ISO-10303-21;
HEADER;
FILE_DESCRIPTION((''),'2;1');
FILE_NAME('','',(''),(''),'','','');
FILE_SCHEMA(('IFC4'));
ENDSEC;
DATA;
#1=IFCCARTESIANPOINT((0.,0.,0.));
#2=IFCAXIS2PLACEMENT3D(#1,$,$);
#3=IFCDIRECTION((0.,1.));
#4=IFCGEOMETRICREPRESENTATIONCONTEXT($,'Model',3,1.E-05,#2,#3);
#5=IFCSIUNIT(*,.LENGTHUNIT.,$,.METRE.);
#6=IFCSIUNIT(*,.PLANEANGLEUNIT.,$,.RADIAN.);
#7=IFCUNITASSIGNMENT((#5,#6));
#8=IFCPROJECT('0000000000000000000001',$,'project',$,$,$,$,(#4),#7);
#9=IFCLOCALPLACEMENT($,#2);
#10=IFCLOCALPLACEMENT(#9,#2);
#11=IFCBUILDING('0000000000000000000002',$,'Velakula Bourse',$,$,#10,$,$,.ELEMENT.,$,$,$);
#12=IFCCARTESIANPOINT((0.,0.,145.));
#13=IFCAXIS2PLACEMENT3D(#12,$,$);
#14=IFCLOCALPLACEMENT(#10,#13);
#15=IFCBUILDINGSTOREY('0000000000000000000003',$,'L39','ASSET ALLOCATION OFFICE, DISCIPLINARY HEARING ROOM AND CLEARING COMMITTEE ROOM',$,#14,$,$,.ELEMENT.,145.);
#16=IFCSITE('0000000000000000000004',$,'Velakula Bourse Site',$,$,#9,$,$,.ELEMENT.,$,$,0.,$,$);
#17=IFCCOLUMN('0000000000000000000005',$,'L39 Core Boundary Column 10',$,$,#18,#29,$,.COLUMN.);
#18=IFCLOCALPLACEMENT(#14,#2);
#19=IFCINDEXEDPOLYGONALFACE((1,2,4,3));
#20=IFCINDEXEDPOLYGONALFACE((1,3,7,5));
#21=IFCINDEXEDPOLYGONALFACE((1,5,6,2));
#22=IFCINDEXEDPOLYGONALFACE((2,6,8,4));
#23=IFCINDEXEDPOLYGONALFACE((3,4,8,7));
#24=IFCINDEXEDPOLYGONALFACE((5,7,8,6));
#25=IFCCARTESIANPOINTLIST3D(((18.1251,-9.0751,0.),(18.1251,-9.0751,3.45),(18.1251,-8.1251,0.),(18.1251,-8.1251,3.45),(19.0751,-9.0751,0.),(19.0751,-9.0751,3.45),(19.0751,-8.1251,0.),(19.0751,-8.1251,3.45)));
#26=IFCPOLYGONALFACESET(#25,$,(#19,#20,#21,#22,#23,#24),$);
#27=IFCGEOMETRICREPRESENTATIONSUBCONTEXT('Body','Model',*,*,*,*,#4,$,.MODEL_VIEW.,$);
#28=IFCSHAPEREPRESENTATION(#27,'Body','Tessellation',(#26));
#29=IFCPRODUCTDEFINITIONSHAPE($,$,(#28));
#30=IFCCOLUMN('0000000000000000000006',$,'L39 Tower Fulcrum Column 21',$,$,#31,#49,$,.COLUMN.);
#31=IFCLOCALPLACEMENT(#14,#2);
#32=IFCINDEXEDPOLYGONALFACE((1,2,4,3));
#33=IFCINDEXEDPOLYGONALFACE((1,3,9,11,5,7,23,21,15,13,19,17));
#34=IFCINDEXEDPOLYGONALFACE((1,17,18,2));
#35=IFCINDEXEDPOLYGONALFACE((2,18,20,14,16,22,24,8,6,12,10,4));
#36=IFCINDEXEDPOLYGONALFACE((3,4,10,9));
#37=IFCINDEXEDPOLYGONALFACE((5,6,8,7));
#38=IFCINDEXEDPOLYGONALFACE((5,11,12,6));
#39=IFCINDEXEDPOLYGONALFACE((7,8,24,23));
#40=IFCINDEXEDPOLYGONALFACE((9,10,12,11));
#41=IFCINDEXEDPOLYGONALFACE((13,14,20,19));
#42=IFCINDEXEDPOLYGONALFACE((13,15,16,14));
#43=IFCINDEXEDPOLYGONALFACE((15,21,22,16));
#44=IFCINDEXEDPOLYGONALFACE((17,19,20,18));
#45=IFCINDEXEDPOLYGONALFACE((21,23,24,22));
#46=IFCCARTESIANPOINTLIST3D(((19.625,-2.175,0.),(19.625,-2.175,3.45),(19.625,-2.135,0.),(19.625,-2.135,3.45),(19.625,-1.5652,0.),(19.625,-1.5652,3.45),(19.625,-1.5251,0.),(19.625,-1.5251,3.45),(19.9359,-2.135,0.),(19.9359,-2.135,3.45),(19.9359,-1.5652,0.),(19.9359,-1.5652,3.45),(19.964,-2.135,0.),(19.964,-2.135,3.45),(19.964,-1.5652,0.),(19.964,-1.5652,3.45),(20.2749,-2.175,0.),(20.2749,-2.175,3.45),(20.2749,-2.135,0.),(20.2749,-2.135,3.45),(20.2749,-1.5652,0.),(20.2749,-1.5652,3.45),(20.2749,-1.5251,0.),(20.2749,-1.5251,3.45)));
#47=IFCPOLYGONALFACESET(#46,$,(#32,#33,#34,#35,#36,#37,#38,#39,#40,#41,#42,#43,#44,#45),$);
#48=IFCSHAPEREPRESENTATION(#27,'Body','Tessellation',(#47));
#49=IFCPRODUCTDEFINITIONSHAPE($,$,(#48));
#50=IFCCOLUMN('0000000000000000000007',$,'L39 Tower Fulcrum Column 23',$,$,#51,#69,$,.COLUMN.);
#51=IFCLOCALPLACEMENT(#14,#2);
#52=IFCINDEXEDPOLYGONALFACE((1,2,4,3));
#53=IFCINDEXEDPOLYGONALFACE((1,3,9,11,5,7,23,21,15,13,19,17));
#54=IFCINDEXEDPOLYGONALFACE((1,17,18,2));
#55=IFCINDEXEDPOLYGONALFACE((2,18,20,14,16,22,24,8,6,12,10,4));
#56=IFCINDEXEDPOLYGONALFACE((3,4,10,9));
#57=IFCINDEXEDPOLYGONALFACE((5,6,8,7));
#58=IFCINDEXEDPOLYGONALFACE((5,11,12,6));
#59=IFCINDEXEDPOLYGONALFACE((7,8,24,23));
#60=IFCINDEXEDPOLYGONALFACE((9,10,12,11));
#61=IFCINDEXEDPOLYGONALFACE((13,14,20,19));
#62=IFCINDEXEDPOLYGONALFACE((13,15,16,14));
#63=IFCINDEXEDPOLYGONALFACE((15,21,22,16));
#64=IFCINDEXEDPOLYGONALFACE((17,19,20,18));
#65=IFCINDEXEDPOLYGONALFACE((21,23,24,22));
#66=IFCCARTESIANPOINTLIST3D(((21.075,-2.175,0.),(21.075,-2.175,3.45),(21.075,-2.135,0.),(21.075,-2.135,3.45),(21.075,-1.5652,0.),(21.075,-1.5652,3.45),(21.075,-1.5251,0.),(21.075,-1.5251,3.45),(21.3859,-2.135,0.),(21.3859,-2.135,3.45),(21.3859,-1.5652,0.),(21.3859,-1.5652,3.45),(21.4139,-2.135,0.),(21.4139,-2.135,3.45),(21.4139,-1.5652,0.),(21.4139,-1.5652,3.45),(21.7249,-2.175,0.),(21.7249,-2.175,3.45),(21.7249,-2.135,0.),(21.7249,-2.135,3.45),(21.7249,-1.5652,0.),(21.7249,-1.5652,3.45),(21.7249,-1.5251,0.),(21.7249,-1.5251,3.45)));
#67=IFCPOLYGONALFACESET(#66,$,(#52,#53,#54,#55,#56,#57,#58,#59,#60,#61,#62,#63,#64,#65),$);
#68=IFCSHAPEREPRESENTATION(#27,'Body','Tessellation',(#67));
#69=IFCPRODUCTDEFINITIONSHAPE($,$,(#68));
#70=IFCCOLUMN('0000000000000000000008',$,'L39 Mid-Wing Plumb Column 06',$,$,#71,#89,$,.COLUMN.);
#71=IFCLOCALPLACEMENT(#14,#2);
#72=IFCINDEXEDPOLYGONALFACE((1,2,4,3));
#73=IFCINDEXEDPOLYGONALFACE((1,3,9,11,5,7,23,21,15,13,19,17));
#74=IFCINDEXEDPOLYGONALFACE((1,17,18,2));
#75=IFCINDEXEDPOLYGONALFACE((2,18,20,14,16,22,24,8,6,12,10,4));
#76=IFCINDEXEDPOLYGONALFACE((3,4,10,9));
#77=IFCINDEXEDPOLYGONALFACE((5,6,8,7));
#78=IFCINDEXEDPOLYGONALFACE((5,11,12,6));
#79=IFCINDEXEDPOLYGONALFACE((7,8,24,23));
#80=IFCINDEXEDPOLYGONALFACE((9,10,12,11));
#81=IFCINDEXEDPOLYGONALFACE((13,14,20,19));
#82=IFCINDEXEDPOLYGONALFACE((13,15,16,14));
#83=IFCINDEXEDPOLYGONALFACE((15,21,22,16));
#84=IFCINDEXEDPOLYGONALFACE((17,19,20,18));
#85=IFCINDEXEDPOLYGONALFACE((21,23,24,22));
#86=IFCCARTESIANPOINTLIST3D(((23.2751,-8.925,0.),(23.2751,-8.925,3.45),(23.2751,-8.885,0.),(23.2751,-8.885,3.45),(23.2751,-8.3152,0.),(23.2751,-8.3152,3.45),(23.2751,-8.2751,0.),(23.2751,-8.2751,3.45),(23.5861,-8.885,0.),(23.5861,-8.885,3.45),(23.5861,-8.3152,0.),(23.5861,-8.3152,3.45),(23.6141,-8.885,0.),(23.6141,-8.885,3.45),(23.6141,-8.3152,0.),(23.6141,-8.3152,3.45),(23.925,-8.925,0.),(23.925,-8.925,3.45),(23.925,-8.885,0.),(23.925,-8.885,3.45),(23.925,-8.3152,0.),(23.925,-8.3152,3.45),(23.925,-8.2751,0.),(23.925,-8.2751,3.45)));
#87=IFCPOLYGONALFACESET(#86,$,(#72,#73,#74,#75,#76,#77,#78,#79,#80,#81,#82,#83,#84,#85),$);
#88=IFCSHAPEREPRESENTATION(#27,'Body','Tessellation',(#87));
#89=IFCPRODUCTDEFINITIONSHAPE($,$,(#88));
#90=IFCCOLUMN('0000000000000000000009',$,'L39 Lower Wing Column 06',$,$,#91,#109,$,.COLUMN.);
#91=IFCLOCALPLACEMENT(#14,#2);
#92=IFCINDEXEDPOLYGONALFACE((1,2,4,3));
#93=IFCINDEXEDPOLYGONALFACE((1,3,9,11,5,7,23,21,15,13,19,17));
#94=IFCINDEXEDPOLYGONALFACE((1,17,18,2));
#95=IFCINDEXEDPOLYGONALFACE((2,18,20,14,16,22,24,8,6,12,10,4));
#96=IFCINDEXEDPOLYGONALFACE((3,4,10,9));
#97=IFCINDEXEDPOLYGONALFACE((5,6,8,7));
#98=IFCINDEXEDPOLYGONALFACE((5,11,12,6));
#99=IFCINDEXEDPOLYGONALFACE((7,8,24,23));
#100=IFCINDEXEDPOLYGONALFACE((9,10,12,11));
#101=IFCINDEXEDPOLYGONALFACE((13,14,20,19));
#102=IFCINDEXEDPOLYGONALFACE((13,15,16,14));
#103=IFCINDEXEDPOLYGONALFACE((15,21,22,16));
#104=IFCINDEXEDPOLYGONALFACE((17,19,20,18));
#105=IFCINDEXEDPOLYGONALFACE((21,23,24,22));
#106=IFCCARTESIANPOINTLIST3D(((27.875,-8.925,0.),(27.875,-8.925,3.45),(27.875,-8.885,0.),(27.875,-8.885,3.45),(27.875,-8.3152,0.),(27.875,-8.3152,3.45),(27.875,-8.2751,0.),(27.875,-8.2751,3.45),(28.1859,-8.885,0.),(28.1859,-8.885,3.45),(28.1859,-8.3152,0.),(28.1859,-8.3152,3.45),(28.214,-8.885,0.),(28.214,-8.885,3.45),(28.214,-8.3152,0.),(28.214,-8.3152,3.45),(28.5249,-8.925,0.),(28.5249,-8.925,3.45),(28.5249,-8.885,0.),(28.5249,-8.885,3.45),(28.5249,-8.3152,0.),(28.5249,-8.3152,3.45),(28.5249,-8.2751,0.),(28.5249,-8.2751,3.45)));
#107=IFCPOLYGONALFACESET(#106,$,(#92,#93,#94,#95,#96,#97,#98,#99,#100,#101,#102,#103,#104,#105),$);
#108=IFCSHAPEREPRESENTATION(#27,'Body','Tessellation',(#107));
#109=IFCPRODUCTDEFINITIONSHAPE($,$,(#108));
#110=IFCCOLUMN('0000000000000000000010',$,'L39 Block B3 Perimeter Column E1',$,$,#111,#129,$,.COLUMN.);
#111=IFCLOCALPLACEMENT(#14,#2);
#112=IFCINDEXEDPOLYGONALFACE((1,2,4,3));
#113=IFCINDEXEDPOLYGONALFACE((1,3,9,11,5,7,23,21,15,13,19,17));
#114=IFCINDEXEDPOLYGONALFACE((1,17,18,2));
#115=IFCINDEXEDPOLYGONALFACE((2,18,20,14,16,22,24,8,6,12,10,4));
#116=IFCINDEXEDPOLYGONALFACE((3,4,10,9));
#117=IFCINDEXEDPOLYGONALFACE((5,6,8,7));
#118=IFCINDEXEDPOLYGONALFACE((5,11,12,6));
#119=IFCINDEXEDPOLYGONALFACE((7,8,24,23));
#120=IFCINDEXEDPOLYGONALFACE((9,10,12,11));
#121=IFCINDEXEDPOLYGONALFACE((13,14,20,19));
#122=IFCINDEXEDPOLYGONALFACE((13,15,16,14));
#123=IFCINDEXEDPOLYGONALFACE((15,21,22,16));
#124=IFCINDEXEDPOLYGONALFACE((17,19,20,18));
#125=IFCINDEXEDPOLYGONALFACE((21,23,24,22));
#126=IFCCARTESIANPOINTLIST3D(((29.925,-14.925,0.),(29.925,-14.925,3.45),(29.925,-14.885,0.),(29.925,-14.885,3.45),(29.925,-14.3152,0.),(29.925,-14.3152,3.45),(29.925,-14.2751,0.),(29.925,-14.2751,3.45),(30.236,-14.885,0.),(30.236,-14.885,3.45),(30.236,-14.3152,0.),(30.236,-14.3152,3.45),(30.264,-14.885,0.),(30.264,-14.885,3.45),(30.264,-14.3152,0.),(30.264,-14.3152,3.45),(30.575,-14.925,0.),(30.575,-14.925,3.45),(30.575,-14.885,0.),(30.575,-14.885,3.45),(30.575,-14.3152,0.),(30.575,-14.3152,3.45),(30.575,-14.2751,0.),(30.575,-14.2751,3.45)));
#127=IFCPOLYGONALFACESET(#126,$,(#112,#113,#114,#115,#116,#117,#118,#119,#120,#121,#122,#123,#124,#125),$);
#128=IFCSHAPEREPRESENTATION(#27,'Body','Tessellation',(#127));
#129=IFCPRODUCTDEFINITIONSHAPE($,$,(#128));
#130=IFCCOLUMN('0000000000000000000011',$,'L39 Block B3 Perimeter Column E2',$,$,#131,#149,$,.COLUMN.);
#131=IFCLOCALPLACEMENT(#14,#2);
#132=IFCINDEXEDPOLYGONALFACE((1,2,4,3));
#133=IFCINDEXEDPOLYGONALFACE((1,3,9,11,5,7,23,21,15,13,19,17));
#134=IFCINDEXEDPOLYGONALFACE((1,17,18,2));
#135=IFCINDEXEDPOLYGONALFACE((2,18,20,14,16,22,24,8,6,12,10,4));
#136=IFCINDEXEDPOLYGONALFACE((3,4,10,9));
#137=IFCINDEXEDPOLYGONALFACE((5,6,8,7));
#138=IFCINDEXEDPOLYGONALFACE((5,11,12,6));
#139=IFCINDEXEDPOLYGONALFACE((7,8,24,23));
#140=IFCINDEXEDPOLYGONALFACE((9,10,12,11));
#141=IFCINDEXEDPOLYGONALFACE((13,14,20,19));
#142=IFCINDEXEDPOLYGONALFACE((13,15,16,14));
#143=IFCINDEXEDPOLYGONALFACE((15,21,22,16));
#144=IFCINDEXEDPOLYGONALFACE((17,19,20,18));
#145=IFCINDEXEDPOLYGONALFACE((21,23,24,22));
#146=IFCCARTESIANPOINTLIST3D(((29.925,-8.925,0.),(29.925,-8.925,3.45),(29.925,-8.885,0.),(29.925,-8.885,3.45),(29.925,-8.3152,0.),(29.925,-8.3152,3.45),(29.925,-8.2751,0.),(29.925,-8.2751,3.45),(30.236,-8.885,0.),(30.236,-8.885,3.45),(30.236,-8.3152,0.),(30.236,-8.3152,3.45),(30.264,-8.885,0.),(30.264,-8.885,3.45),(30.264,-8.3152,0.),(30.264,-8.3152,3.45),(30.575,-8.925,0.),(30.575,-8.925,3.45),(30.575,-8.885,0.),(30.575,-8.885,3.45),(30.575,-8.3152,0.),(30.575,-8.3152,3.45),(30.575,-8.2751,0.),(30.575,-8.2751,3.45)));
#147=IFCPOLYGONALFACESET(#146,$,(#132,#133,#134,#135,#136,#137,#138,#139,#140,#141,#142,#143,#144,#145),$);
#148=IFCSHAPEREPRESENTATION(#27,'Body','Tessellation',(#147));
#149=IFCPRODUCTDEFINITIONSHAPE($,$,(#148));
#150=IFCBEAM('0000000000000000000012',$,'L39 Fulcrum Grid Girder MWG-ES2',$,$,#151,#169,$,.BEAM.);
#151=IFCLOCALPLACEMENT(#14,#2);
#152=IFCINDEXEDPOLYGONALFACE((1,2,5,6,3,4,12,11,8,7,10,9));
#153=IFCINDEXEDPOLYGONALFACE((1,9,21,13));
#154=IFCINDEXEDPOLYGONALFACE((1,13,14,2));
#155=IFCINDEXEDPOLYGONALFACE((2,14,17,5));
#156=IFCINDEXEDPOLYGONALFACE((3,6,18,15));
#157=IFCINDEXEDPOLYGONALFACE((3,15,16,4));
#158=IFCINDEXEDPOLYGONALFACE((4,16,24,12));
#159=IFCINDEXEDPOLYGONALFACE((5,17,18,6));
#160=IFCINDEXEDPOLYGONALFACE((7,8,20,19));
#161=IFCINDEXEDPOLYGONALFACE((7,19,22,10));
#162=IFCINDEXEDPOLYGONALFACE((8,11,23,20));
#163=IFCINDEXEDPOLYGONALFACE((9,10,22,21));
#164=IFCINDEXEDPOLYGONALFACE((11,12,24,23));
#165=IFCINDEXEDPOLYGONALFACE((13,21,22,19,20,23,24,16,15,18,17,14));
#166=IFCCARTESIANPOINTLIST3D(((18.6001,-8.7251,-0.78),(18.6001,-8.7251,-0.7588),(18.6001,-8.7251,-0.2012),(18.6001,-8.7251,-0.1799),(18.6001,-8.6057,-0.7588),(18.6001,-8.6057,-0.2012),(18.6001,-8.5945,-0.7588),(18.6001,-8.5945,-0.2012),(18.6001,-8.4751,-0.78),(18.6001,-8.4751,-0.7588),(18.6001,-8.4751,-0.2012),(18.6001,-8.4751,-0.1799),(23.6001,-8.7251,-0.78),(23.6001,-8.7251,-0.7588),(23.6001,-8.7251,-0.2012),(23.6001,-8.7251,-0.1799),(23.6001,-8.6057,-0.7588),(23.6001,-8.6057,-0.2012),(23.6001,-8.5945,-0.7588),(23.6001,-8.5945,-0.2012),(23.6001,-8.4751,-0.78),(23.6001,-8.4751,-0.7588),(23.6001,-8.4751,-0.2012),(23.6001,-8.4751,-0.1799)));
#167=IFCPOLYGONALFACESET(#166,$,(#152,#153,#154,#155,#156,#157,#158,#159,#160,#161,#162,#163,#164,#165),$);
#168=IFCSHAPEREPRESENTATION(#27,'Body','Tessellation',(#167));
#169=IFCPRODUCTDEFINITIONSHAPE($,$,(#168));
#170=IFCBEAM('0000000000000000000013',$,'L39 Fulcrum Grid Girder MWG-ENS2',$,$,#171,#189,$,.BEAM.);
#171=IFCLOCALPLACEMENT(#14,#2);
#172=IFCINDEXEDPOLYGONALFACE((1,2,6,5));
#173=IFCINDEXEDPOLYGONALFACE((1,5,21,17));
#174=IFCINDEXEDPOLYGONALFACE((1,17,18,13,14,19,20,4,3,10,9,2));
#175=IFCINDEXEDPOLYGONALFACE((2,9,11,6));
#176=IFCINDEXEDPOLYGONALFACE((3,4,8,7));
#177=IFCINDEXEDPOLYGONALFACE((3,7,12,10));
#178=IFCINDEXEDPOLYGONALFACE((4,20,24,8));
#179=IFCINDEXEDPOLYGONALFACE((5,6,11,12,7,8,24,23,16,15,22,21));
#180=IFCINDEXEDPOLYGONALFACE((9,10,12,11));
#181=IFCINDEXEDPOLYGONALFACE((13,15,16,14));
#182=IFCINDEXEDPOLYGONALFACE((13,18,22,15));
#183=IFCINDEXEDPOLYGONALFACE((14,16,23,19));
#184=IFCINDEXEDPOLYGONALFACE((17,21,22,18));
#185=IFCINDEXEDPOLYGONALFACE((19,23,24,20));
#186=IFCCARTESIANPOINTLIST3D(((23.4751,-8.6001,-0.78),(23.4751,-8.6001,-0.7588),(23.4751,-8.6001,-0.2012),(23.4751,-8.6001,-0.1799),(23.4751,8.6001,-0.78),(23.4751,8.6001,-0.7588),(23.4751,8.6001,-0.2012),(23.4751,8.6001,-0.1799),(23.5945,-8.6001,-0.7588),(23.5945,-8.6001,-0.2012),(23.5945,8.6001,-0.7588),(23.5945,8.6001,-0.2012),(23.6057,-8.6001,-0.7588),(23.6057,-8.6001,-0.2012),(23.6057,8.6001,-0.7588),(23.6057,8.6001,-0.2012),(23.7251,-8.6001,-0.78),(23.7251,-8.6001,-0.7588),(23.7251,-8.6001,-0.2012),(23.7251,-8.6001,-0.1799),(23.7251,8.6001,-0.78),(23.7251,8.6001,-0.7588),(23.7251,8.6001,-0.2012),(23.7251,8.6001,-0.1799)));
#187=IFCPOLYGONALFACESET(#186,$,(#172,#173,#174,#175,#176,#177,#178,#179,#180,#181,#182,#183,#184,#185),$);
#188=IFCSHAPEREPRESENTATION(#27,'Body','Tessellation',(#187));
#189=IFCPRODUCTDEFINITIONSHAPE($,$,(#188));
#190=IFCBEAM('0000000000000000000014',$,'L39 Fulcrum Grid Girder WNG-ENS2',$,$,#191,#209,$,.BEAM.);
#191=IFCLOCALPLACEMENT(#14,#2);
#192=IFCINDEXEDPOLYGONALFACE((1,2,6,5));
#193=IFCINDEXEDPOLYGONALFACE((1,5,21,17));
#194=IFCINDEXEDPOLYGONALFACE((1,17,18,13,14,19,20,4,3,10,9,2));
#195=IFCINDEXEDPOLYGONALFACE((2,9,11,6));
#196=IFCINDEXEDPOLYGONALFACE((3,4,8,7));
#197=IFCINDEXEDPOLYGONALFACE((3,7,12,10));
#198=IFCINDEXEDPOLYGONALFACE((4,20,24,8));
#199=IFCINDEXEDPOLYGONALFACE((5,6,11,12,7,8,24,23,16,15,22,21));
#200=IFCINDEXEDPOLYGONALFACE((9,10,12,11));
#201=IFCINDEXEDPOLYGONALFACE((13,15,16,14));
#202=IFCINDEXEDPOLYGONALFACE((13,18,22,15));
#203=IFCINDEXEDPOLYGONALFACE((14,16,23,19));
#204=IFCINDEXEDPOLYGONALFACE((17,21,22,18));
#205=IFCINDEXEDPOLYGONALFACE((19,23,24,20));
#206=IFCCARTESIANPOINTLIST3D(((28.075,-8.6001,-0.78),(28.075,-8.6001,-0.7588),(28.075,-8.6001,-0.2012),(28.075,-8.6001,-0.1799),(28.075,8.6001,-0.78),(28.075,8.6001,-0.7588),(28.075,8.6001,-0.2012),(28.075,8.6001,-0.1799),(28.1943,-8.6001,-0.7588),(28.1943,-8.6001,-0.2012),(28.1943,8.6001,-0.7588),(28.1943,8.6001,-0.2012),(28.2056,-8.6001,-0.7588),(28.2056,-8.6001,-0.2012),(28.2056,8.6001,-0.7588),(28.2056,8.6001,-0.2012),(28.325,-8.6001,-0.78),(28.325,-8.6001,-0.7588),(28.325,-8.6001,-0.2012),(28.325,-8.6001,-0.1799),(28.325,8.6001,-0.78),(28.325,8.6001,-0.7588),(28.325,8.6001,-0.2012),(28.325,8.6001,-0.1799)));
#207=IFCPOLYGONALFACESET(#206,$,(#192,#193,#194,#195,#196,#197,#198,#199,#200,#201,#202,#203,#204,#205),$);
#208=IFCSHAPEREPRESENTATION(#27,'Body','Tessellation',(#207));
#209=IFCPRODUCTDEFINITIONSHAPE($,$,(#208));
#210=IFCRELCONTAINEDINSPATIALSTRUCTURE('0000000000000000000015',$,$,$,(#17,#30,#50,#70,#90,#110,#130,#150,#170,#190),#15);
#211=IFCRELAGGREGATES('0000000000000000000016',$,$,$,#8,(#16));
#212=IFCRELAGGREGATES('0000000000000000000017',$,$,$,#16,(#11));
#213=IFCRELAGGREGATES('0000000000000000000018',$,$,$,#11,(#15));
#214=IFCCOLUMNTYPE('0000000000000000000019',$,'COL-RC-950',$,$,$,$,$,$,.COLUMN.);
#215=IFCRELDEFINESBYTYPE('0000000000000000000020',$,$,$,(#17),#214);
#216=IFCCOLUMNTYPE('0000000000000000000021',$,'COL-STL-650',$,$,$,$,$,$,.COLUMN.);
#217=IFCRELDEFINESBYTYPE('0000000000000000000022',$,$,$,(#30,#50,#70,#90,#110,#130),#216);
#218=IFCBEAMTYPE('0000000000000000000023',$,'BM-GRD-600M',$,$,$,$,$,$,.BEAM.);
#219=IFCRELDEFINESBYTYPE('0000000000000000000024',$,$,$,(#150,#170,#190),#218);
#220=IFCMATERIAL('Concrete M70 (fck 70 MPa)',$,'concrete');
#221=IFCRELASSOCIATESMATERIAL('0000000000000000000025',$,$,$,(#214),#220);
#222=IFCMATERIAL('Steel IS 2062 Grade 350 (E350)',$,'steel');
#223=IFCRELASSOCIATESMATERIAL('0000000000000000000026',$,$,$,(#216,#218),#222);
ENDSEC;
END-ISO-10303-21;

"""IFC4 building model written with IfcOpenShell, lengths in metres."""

from ifc_helpers import new_model, si_unit, direction, frame, origin, origin_2d, place, context, subcontext, project, spatial, rectangle, i_section, extrude, material, material_profile, profile_set, type_object, element, save


model = new_model("IFC4")

# Units and contexts
model_context = context("Model", 3, precision=1e-05, world=origin(), true_north=direction((0.0, 1.0)))
body_context = subcontext(model_context, "Body", "Model", "MODEL_VIEW")
ifc_project = project(units=[si_unit("LENGTHUNIT", "METRE"), si_unit("PLANEANGLEUNIT", "RADIAN")], contexts=[model_context])

# Site, building, storey
site_placement = place(None, origin())
site = spatial("IfcSite", under=ifc_project, at=site_placement, Name="Velakula Bourse Site", CompositionType="ELEMENT", RefElevation=0.0)
building_placement = place(site_placement, origin())
building = spatial("IfcBuilding", under=site, at=building_placement, Name="Velakula Bourse", CompositionType="ELEMENT")
storey_placement = place(building_placement, frame((0.0, 0.0, 145.0)))
storey = spatial("IfcBuildingStorey", under=building, at=storey_placement, Name="L39", Description="ASSET ALLOCATION OFFICE, DISCIPLINARY HEARING ROOM AND CLEARING COMMITTEE ROOM", CompositionType="ELEMENT", Elevation=145.0)

# Columns
ifc_material_1 = material(Name="Concrete M70 (fck 70 MPa)", Category="concrete")
ifc_material_profile_1 = material_profile(ifc_material_1, rectangle(XDim=0.95, YDim=0.95, at=origin_2d()), Name="Concrete M70 (fck 70 MPa)")
ifc_profile_set_1 = profile_set([ifc_material_profile_1], Name="Concrete M70 (fck 70 MPa)")
column_type_1 = type_object("IfcColumnType", Name="COL-RC-950", PredefinedType="COLUMN", material=ifc_profile_set_1)
column_placement = place(storey_placement, frame((18.6001, -8.6001, 0.0), z_axis=(0.0, 0.0, 1.0), x_axis=(1.0, 0.0, 0.0)))
element("IfcColumn", 1, at=column_placement, inside=storey, type_object=column_type_1, Name="L39 Core Boundary Column 10", PredefinedType="COLUMN", context=body_context, shape_type="SweptSolid", body=[
    extrude(rectangle(XDim=0.95, YDim=0.95, at=origin_2d()), origin(), (0.0, 0.0, 1.0), 3.45),
])
ifc_material_2 = material(Name="Steel IS 2062 Grade 350 (E350)", Category="steel")
ifc_material_profile_2 = material_profile(ifc_material_2, i_section(OverallWidth=0.6499, OverallDepth=0.6499, WebThickness=0.0281, FlangeThickness=0.04, at=origin_2d()), Name="Steel IS 2062 Grade 350 (E350)")
ifc_profile_set_2 = profile_set([ifc_material_profile_2], Name="Steel IS 2062 Grade 350 (E350)")
column_type_2 = type_object("IfcColumnType", Name="COL-STL-650", PredefinedType="COLUMN", material=ifc_profile_set_2)
for number, where, z_axis, x_axis, name in (
    (2, (19.95, -1.8501, 0.0), (0.0, 0.0, 1.0), (1.0, 0.0, 0.0), "L39 Tower Fulcrum Column 21"),
    (3, (21.3999, -1.8501, 0.0), (0.0, 0.0, 1.0), (1.0, 0.0, 0.0), "L39 Tower Fulcrum Column 23"),
    (4, (23.6001, -8.6001, 0.0), (0.0, 0.0, 1.0), (1.0, 0.0, 0.0), "L39 Mid-Wing Plumb Column 06"),
    (5, (28.2, -8.6001, 0.0), (0.0, 0.0, 1.0), (1.0, 0.0, 0.0), "L39 Lower Wing Column 06"),
    (6, (30.25, -14.6001, 0.0), (0.0, 0.0, 1.0), (1.0, 0.0, 0.0), "L39 Block B3 Perimeter Column E1"),
    (7, (30.25, -8.6001, 0.0), (0.0, 0.0, 1.0), (1.0, 0.0, 0.0), "L39 Block B3 Perimeter Column E2"),
):
    element("IfcColumn", number, at=place(storey_placement, frame(where, z_axis=z_axis, x_axis=x_axis)), inside=storey, type_object=column_type_2, Name=name, PredefinedType="COLUMN", context=body_context, shape_type="SweptSolid", body=[
        extrude(i_section(OverallWidth=0.6499, OverallDepth=0.6499, WebThickness=0.0281, FlangeThickness=0.04, at=origin_2d()), origin(), (0.0, 0.0, 1.0), 3.45),
    ])

# Beams
ifc_material_profile_3 = material_profile(ifc_material_2, i_section(OverallWidth=0.25, OverallDepth=0.6001, WebThickness=0.0112, FlangeThickness=0.0212, at=origin_2d()), Name="Steel IS 2062 Grade 350 (E350)")
ifc_profile_set_3 = profile_set([ifc_material_profile_3], Name="Steel IS 2062 Grade 350 (E350)")
beam_type_1 = type_object("IfcBeamType", Name="BM-GRD-600M", PredefinedType="BEAM", material=ifc_profile_set_3)
beam_1_placement = place(storey_placement, frame((18.6001, -8.6001, -0.48), z_axis=(1.0, 0.0, 0.0), x_axis=(0.0, 1.0, 0.0)))
element("IfcBeam", 8, at=beam_1_placement, inside=storey, type_object=beam_type_1, Name="L39 Fulcrum Grid Girder MWG-ES2", PredefinedType="BEAM", context=body_context, shape_type="SweptSolid", body=[
    extrude(i_section(OverallWidth=0.25, OverallDepth=0.6001, WebThickness=0.0112, FlangeThickness=0.0212, at=origin_2d()), origin(), (0.0, 0.0, 1.0), 5.0),
])
for number, where, z_axis, x_axis, name in (
    (9, (23.6001, -8.6001, -0.48), (0.0, 1.0, 0.0), (-1.0, 0.0, 0.0), "L39 Fulcrum Grid Girder MWG-ENS2"),
    (10, (28.2, -8.6001, -0.48), (0.0, 1.0, 0.0), (-1.0, 0.0, 0.0), "L39 Fulcrum Grid Girder WNG-ENS2"),
):
    element("IfcBeam", number, at=place(storey_placement, frame(where, z_axis=z_axis, x_axis=x_axis)), inside=storey, type_object=beam_type_1, Name=name, PredefinedType="BEAM", context=body_context, shape_type="SweptSolid", body=[
        extrude(i_section(OverallWidth=0.25, OverallDepth=0.6001, WebThickness=0.0112, FlangeThickness=0.0212, at=origin_2d()), origin(), (0.0, 0.0, 1.0), 17.2002),
    ])

save(model, "model.ifc")
